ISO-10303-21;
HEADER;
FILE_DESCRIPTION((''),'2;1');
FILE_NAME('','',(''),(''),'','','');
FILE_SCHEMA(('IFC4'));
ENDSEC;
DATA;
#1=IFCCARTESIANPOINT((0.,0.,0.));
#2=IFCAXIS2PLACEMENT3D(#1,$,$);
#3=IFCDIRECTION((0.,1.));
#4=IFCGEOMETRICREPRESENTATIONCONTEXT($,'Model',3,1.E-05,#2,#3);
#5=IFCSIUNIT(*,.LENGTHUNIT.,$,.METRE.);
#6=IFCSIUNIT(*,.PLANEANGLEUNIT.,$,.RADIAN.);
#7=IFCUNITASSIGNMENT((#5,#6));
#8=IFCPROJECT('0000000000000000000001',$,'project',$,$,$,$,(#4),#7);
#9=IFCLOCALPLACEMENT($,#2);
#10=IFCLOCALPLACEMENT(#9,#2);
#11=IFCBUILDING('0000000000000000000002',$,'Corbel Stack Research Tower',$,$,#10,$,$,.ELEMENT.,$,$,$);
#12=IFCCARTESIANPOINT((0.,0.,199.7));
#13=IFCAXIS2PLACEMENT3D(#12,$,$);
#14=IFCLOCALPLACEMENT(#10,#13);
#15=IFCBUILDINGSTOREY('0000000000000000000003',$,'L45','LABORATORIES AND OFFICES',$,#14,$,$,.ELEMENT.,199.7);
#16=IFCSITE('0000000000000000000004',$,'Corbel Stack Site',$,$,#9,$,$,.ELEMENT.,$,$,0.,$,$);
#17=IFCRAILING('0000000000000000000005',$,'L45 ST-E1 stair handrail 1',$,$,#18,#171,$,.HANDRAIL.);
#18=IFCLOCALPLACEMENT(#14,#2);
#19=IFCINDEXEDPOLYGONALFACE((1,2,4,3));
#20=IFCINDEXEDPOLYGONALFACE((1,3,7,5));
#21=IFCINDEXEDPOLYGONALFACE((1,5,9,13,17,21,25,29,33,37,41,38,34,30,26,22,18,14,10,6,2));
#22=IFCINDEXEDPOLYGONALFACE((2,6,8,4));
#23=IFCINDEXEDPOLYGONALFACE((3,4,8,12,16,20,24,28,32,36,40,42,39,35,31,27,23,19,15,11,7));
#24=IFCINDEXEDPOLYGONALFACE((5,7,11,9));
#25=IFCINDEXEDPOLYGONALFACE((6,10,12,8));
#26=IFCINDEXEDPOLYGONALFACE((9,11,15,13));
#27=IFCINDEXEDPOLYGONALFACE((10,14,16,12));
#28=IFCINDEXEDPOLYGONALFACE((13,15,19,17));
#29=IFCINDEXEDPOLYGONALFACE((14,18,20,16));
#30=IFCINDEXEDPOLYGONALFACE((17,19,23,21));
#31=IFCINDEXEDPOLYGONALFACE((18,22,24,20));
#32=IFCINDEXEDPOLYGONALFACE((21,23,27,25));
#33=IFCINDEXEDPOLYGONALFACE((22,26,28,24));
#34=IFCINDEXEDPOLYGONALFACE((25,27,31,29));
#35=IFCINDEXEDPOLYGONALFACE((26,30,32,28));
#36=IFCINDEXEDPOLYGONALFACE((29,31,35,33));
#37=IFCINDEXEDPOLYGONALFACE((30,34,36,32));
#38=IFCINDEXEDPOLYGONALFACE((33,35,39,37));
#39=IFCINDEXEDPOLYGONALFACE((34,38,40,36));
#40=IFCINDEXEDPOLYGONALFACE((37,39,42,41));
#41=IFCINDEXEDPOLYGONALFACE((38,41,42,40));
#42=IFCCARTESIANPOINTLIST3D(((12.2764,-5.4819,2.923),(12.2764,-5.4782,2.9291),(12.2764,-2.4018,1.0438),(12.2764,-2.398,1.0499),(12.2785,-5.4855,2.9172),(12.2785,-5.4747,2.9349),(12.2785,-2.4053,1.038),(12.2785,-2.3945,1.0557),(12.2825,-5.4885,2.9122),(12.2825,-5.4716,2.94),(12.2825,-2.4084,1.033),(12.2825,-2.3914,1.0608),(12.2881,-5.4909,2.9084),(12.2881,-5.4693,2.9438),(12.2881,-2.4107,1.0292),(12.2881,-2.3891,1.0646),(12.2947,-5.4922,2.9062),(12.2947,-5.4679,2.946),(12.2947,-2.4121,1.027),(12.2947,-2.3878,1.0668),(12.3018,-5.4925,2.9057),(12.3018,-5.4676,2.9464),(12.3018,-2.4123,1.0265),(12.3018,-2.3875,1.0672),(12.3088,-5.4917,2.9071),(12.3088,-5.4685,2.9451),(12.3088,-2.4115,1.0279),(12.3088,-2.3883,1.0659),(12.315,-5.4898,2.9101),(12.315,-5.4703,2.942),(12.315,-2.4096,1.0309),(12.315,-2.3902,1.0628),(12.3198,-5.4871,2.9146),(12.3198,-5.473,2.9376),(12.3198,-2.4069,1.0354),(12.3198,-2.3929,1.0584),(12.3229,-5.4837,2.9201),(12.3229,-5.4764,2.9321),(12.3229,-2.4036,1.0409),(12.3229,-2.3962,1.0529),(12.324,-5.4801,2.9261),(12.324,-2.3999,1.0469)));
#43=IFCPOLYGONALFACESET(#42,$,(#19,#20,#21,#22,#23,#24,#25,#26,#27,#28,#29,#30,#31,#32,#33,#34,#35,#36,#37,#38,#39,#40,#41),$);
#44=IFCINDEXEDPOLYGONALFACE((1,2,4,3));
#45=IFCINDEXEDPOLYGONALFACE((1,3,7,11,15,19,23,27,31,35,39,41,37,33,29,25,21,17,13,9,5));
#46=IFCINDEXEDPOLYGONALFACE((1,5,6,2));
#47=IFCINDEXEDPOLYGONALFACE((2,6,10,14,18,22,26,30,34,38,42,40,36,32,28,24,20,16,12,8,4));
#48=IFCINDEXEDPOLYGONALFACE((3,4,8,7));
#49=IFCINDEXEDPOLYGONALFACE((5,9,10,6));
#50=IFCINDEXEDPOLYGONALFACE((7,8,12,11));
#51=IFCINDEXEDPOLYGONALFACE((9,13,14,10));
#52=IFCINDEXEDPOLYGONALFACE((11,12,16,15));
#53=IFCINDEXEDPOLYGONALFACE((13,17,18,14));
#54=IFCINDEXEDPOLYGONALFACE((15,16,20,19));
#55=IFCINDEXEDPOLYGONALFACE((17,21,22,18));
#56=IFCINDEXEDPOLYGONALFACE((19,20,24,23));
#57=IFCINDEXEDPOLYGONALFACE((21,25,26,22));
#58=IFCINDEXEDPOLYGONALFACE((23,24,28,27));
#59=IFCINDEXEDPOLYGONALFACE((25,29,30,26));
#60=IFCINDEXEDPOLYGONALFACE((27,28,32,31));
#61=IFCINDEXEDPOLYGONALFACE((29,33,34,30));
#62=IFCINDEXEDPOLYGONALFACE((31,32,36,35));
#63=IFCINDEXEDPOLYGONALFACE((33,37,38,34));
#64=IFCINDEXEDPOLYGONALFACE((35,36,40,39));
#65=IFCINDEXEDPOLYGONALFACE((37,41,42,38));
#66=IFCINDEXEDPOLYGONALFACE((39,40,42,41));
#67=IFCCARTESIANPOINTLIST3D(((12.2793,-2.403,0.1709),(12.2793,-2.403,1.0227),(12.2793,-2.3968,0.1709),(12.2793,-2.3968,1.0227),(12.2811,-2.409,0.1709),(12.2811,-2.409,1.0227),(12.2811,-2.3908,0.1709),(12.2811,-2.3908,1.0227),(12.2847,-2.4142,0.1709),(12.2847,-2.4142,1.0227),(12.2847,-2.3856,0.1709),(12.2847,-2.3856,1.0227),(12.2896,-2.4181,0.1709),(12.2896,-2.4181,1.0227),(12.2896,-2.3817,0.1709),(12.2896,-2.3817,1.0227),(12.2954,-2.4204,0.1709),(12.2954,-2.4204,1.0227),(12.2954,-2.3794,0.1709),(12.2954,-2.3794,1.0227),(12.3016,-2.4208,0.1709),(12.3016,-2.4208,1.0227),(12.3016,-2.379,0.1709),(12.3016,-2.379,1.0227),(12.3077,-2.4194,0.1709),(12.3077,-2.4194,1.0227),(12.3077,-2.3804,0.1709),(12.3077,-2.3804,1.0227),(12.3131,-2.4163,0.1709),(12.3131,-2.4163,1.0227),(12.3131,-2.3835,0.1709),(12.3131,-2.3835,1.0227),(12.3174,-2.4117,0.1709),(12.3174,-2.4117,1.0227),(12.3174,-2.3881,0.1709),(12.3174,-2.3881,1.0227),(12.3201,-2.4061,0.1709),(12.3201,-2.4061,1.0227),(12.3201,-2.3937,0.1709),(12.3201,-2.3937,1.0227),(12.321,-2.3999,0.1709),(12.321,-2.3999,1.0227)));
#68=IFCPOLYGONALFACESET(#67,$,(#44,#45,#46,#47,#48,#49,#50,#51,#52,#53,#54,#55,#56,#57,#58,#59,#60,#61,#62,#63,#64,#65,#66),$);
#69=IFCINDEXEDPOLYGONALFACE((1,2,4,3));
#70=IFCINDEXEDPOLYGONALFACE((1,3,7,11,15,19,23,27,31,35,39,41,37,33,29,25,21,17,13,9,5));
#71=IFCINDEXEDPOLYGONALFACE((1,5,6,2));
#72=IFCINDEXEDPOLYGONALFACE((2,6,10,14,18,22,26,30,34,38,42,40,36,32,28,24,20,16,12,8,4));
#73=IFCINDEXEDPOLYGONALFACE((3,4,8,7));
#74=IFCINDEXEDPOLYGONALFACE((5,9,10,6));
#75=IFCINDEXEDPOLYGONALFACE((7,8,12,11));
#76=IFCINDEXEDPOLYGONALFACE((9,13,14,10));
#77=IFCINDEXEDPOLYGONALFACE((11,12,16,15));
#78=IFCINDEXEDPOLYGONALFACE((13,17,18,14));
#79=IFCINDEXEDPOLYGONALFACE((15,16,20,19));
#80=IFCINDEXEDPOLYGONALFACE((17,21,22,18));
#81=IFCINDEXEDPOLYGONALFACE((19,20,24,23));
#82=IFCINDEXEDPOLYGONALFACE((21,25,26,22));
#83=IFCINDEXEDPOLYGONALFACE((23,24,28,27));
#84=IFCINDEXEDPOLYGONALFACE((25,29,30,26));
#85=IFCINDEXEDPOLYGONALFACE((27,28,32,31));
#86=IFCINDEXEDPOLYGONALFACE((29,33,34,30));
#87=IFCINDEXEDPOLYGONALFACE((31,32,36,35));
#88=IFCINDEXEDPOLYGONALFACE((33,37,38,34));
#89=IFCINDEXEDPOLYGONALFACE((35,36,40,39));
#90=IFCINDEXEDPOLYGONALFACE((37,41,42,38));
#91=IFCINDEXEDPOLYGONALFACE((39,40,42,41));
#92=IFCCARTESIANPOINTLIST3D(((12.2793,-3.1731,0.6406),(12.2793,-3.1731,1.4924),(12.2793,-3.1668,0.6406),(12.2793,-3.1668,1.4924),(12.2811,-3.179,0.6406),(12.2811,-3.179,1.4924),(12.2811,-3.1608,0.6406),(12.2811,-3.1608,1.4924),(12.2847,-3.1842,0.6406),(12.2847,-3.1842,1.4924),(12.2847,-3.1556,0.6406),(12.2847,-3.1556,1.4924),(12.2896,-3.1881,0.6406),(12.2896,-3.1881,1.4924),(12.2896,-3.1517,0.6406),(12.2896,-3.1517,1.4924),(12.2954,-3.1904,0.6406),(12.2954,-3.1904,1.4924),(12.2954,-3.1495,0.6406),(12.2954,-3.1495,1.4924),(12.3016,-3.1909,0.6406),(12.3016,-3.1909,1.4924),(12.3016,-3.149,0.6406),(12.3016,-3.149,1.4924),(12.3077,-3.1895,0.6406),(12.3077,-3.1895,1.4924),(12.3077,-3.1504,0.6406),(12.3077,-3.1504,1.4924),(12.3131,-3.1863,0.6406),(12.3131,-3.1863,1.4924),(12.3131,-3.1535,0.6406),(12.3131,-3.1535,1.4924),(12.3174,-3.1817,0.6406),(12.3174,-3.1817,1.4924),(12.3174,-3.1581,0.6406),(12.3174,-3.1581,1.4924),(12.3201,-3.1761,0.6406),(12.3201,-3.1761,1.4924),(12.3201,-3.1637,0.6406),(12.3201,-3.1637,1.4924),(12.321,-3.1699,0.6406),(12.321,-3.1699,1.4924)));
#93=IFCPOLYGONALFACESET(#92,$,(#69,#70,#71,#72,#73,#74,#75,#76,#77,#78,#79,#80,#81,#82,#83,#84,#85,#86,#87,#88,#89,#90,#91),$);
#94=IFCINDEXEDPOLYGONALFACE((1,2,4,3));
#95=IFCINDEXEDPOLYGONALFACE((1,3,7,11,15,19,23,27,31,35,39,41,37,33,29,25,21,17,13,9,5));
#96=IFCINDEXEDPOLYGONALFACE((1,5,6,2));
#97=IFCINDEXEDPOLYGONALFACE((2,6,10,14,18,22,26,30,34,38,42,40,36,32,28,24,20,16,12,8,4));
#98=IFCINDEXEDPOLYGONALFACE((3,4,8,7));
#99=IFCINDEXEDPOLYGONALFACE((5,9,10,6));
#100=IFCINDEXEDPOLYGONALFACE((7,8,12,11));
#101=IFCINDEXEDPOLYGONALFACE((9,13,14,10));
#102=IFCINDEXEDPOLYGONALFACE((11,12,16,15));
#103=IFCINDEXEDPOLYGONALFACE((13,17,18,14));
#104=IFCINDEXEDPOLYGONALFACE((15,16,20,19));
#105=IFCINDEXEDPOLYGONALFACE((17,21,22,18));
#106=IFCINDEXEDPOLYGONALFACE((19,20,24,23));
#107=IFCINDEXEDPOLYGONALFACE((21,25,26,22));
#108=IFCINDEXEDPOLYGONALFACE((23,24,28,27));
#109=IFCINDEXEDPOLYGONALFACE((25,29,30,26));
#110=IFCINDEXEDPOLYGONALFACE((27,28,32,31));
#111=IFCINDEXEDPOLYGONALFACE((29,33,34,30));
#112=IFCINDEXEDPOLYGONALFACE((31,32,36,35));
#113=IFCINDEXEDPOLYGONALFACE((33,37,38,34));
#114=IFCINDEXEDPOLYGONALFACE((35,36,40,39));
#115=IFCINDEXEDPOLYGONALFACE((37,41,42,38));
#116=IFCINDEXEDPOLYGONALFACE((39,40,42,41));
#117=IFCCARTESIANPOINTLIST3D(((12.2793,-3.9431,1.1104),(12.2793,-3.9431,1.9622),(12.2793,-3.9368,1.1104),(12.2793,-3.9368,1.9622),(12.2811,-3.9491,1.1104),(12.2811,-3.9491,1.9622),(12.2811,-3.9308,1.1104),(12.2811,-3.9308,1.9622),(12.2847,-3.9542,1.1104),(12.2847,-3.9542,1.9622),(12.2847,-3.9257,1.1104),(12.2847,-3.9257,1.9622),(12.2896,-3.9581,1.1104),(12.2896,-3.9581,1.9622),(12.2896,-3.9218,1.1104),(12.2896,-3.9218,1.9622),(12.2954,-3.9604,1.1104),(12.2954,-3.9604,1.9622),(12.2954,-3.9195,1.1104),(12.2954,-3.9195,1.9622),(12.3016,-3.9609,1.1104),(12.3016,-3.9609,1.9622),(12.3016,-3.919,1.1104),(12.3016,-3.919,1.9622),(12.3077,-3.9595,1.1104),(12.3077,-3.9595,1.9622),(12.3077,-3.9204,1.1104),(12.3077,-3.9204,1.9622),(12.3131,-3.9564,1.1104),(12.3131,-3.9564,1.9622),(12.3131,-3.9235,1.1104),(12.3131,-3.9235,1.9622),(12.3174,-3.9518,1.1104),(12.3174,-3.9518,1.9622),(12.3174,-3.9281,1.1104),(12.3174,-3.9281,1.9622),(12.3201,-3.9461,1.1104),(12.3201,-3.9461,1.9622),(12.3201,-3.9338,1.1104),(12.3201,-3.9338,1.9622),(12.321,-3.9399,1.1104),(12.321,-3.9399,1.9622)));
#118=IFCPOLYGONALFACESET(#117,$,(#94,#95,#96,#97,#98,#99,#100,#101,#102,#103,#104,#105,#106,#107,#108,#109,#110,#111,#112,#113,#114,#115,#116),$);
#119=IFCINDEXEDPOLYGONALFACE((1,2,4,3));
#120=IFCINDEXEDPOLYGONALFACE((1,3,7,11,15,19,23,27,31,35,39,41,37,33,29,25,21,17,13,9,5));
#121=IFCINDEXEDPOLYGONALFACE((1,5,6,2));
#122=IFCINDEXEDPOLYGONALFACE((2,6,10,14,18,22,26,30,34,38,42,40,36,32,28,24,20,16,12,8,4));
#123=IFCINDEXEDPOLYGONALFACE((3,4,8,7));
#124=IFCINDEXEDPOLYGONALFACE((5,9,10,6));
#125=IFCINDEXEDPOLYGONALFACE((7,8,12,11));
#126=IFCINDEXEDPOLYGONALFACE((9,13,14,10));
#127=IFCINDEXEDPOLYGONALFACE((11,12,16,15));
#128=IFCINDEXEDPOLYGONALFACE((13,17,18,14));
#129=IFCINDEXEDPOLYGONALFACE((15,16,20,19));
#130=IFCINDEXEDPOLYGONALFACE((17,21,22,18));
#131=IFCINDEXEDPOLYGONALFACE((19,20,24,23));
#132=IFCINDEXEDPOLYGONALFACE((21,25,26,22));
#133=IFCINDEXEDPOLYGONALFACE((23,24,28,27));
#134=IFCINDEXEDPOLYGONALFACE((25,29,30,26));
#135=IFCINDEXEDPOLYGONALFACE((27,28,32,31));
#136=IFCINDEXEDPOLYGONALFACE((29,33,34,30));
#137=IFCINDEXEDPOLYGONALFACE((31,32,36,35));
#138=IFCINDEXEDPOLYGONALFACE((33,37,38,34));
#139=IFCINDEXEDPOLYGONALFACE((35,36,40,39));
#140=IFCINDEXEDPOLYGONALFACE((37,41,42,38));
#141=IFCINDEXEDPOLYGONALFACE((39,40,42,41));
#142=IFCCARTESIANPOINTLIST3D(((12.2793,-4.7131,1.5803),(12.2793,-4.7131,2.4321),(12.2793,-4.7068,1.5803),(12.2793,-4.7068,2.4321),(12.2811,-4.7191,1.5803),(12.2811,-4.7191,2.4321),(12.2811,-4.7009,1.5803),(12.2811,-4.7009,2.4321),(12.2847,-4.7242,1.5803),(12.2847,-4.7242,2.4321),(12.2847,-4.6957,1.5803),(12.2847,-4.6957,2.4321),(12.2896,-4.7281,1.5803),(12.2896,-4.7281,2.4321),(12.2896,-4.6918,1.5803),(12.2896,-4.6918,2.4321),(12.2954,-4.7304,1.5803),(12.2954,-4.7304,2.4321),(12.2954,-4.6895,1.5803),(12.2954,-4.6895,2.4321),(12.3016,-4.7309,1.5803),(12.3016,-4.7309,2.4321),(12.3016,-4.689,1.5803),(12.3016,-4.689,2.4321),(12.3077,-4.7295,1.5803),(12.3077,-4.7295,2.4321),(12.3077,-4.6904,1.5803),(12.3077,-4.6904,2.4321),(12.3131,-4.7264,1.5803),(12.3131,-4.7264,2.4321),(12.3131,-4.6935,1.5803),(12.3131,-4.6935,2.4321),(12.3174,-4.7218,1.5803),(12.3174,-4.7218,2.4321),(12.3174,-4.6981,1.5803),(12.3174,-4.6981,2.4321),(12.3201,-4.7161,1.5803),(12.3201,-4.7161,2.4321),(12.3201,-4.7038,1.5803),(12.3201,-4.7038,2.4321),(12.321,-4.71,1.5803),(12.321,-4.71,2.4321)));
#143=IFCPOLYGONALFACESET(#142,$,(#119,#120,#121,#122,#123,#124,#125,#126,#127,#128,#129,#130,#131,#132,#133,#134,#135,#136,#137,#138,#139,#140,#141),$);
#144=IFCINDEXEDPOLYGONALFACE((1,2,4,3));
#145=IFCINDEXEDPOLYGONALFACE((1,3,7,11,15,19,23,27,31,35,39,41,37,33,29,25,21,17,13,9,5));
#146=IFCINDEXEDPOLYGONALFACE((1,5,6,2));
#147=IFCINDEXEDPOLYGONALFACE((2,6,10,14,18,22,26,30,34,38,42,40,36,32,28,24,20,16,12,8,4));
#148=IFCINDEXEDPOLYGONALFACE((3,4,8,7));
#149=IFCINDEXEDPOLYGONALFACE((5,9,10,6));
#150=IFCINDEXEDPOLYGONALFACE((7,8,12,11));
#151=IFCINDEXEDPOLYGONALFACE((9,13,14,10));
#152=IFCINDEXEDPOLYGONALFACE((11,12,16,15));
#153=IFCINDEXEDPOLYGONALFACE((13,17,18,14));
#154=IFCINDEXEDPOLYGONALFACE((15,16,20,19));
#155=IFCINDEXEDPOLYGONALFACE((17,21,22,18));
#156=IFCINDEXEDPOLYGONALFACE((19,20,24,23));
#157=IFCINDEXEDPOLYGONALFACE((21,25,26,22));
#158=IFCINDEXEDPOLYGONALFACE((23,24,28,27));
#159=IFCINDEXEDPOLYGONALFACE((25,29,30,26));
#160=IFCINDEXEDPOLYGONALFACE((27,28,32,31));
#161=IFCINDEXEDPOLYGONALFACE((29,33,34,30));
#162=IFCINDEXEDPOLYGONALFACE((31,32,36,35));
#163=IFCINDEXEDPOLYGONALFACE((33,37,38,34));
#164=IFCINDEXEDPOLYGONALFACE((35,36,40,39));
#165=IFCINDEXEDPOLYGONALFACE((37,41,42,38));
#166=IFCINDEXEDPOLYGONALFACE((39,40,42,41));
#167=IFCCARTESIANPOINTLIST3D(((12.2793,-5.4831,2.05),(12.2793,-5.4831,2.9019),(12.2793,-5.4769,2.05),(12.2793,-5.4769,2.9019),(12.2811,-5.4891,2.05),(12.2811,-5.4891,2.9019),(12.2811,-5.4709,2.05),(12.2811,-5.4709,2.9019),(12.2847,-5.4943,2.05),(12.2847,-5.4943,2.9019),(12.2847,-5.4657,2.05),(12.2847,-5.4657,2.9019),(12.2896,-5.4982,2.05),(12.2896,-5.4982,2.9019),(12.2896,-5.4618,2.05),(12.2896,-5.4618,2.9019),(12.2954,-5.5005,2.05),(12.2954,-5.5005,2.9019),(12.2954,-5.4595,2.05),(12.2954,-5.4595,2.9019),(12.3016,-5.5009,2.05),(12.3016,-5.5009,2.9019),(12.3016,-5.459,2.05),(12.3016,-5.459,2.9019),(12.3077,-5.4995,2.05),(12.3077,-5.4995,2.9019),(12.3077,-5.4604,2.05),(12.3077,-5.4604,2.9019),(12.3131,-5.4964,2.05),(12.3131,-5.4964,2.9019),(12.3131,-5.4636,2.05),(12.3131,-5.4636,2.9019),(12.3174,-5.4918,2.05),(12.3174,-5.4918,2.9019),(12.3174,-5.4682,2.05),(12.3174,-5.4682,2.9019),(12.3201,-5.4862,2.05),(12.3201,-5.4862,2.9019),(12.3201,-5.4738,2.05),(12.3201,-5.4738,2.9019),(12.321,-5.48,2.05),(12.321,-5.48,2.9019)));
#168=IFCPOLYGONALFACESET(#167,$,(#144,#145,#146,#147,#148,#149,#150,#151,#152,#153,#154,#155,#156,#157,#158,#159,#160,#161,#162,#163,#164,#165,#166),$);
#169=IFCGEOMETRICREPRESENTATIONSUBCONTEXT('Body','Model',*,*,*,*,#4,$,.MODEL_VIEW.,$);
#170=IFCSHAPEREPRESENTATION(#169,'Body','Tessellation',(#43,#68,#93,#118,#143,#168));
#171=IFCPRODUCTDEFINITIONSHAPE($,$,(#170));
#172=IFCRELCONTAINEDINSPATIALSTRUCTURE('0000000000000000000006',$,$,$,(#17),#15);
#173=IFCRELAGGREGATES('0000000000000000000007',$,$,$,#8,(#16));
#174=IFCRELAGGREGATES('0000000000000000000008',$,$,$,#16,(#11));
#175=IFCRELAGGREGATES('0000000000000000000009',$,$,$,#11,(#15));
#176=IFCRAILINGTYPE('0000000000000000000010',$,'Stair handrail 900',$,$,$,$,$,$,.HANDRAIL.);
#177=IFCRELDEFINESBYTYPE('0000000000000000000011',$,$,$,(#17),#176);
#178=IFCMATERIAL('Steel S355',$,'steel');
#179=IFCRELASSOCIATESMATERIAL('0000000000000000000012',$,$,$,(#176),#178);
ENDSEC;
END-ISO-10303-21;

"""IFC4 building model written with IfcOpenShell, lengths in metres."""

from ifc_helpers import new_model, si_unit, direction, frame, origin, origin_2d, place, context, subcontext, project, spatial, circle, extrude, material, type_object, element, save


model = new_model("IFC4")

# Units and contexts
model_context = context("Model", 3, precision=1e-05, world=origin(), true_north=direction((0.0, 1.0)))
body_context = subcontext(model_context, "Body", "Model", "MODEL_VIEW")
ifc_project = project(units=[si_unit("LENGTHUNIT", "METRE"), si_unit("PLANEANGLEUNIT", "RADIAN")], contexts=[model_context])

# Site, building, storey
site_placement = place(None, origin())
site = spatial("IfcSite", under=ifc_project, at=site_placement, Name="Corbel Stack Site", CompositionType="ELEMENT", RefElevation=0.0)
building_placement = place(site_placement, origin())
building = spatial("IfcBuilding", under=site, at=building_placement, Name="Corbel Stack Research Tower", CompositionType="ELEMENT")
storey_placement = place(building_placement, frame((0.0, 0.0, 199.7)))
storey = spatial("IfcBuildingStorey", under=building, at=storey_placement, Name="L45", Description="LABORATORIES AND OFFICES", CompositionType="ELEMENT", Elevation=199.7)

# Railing
ifc_material_1 = material(Name="Steel S355", Category="steel")
railing_type_1 = type_object("IfcRailingType", Name="Stair handrail 900", PredefinedType="HANDRAIL", material=ifc_material_1)
railing_1_placement = place(storey_placement, frame((12.3, -2.3999, 0.1709)))
element("IfcRailing", 1, at=railing_1_placement, inside=storey, type_object=railing_type_1, Name="L45 ST-E1 stair handrail 1", PredefinedType="HANDRAIL", context=body_context, shape_type="SweptSolid", body=[
    extrude(circle(Radius=0.0239, at=origin_2d()), frame((0.0, 0.0, 0.876), z_axis=(0.0, -0.853666, 0.52082), x_axis=(1.0, 0.0, 0.0)), (0.0, 0.0, 1.0), 3.6082),
    extrude(circle(Radius=0.021, at=origin_2d()), origin(), (0.0, 0.0, 1.0), 0.8518),
    extrude(circle(Radius=0.021, at=origin_2d()), frame((0.0, -0.77, 0.4697)), (0.0, 0.0, 1.0), 0.8518),
    extrude(circle(Radius=0.021, at=origin_2d()), frame((0.0, -1.54, 0.9395)), (0.0, 0.0, 1.0), 0.8518),
    extrude(circle(Radius=0.021, at=origin_2d()), frame((0.0, -2.3101, 1.4094)), (0.0, 0.0, 1.0), 0.8518),
    extrude(circle(Radius=0.021, at=origin_2d()), frame((0.0, -3.0801, 1.8792)), (0.0, 0.0, 1.0), 0.8518),
])

save(model, "model.ifc")
